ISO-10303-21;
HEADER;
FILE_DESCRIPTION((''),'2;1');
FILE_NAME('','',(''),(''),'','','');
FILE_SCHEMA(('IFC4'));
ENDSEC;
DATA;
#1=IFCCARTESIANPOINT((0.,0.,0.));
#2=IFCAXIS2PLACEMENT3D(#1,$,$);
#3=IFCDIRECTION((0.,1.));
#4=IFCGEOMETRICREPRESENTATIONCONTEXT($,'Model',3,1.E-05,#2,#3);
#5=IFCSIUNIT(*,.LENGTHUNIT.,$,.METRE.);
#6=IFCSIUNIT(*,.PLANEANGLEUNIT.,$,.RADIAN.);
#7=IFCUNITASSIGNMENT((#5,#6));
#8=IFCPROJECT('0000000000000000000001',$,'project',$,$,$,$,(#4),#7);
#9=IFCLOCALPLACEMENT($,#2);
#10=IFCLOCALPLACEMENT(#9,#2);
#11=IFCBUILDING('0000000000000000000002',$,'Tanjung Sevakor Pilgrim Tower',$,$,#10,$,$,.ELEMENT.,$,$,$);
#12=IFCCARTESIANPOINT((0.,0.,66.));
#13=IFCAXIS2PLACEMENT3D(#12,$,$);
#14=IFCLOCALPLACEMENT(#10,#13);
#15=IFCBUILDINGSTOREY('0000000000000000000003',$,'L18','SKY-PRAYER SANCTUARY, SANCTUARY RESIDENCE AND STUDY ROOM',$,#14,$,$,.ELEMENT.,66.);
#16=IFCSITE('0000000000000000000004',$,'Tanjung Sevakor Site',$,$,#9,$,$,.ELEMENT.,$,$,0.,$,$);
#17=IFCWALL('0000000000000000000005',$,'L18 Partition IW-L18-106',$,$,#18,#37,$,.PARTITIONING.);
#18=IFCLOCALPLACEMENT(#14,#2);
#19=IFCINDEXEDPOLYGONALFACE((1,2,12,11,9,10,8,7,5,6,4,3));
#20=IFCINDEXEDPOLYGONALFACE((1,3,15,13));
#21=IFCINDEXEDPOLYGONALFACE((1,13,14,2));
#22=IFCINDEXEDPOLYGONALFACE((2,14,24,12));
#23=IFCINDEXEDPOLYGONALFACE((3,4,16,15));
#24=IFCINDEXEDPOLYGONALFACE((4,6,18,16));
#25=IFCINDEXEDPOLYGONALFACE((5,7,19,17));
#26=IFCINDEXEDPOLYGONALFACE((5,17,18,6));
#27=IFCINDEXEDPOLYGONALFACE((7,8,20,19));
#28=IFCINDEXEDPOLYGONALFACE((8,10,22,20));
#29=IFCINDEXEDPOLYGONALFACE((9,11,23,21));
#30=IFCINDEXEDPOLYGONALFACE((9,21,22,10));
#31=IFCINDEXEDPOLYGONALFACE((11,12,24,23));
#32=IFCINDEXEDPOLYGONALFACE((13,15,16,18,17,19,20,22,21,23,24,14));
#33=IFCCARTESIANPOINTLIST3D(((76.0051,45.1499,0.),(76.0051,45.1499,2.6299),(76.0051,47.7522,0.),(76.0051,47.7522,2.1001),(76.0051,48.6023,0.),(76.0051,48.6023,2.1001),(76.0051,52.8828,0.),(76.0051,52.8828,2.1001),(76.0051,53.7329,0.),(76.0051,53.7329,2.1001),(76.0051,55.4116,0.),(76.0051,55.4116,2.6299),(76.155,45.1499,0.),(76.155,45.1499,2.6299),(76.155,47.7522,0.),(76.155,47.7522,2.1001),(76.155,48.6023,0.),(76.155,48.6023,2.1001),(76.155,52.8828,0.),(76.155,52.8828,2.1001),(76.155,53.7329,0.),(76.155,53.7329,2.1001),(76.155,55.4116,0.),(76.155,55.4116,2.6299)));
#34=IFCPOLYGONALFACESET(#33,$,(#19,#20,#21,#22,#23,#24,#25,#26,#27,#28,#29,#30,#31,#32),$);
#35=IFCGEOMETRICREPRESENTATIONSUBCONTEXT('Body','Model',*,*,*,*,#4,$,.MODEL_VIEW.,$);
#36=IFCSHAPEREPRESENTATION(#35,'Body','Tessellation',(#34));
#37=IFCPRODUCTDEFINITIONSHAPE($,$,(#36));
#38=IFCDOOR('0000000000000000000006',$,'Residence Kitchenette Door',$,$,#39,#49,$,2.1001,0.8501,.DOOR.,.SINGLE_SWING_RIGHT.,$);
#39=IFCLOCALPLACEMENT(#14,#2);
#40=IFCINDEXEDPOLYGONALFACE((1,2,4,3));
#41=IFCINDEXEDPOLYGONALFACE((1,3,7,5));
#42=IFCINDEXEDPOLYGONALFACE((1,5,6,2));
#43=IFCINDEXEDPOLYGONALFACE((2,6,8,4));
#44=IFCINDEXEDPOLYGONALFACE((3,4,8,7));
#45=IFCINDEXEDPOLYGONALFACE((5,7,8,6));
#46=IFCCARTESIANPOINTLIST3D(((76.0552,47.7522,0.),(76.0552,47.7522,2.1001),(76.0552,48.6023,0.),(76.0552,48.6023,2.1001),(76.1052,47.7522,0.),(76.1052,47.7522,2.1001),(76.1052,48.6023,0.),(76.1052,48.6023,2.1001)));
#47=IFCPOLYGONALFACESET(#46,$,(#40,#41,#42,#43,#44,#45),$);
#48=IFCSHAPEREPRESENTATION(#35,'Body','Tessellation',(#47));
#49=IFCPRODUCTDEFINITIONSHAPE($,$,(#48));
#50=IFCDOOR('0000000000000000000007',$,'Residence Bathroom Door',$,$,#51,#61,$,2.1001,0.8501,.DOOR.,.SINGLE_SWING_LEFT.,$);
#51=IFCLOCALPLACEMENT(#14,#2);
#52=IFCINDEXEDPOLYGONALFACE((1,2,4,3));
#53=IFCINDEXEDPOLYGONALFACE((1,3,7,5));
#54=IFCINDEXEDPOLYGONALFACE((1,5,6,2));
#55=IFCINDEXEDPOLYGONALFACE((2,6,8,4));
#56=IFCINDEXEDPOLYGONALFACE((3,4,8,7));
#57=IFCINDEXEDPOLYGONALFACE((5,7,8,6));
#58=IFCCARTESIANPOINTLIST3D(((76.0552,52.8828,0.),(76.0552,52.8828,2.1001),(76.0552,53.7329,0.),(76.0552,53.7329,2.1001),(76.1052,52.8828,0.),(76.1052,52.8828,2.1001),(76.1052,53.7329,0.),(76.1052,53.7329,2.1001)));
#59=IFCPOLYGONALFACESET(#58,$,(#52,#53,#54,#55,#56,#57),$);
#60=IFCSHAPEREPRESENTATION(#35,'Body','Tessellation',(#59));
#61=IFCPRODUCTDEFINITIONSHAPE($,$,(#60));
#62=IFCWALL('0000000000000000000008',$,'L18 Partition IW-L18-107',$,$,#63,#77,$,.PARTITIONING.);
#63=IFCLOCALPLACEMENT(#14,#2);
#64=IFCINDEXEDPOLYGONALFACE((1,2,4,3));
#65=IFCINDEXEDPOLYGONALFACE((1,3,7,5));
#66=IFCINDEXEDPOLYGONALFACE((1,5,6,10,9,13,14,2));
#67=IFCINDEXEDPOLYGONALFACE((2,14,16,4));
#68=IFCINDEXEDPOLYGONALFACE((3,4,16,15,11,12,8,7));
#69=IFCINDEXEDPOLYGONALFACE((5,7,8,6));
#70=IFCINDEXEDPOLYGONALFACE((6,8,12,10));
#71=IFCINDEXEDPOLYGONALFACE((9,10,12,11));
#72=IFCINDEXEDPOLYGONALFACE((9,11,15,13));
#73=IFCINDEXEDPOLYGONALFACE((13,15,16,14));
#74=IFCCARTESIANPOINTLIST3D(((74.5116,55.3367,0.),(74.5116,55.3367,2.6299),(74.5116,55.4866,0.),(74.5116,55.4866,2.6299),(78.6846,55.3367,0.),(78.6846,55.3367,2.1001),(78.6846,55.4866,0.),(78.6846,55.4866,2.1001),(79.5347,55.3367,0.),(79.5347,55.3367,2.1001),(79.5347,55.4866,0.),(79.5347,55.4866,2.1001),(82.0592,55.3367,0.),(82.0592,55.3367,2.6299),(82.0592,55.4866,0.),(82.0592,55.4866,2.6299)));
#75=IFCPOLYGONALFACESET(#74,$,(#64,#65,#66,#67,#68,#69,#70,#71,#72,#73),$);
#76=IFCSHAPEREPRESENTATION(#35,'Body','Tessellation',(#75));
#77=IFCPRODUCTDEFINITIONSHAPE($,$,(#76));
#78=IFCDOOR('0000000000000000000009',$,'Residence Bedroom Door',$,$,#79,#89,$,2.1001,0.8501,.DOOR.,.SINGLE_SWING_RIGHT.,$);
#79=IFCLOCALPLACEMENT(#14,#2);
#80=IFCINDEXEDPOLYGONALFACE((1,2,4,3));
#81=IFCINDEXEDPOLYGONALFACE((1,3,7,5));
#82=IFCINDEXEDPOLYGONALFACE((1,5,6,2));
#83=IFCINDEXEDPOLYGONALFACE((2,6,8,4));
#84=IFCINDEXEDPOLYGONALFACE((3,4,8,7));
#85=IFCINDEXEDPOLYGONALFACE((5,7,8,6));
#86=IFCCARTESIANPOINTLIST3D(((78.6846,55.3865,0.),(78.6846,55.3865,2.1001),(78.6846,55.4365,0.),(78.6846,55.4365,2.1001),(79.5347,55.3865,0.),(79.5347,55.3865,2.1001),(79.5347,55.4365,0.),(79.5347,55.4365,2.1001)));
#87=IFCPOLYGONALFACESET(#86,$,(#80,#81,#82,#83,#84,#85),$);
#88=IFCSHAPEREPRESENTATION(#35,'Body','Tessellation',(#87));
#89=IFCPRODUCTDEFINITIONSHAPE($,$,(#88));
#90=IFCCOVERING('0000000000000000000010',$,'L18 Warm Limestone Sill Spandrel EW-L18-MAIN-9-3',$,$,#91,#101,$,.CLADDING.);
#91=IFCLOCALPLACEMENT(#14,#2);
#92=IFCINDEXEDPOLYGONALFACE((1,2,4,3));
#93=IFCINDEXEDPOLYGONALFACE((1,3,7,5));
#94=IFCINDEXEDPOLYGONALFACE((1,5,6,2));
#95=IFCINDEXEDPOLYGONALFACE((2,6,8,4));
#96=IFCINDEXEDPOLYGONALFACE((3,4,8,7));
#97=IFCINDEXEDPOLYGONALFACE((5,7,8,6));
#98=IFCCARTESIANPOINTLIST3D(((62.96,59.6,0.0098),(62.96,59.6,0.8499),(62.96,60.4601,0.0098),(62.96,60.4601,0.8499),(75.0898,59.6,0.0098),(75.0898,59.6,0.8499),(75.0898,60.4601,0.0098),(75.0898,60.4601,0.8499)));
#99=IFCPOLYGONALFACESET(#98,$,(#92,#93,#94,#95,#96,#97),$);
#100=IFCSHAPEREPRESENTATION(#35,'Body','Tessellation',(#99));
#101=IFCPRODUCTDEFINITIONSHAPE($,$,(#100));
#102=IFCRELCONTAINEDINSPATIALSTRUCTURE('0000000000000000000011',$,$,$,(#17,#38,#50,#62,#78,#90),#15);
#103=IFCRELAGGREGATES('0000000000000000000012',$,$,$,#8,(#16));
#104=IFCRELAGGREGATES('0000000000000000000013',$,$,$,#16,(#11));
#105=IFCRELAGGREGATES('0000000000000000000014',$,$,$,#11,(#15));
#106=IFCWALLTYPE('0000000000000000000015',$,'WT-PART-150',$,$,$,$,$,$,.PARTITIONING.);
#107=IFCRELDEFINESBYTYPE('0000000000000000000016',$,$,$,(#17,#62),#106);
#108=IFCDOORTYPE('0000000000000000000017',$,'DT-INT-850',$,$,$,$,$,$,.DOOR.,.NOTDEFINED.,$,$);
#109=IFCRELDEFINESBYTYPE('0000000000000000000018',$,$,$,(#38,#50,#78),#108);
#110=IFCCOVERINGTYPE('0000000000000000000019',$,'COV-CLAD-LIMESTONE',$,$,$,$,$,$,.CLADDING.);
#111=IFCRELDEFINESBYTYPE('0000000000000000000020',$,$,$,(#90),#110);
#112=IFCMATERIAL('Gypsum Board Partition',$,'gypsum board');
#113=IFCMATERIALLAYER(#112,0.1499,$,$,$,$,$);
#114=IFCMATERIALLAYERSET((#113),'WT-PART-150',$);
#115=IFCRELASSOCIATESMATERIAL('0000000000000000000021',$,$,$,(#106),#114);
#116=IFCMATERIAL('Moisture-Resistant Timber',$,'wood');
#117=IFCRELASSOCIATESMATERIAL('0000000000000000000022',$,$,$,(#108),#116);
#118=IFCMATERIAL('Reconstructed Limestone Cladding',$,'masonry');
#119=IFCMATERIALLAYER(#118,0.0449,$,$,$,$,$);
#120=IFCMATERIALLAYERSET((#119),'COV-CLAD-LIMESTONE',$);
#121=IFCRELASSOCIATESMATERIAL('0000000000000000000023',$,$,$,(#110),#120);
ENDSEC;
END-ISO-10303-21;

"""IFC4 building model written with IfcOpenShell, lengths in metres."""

from ifc_helpers import new_model, si_unit, direction, frame, frame_2d, origin, origin_2d, place, context, subcontext, project, spatial, rectangle, extrude, material, layer, layer_set, type_object, element, fill, save


model = new_model("IFC4")

# Units and contexts
model_context = context("Model", 3, precision=1e-05, world=origin(), true_north=direction((0.0, 1.0)))
body_context = subcontext(model_context, "Body", "Model", "MODEL_VIEW")
ifc_project = project(units=[si_unit("LENGTHUNIT", "METRE"), si_unit("PLANEANGLEUNIT", "RADIAN")], contexts=[model_context])

# Site, building, storey
site_placement = place(None, origin())
site = spatial("IfcSite", under=ifc_project, at=site_placement, Name="Tanjung Sevakor Site", CompositionType="ELEMENT", RefElevation=0.0)
building_placement = place(site_placement, origin())
building = spatial("IfcBuilding", under=site, at=building_placement, Name="Tanjung Sevakor Pilgrim Tower", CompositionType="ELEMENT")
storey_placement = place(building_placement, frame((0.0, 0.0, 66.0)))
storey = spatial("IfcBuildingStorey", under=building, at=storey_placement, Name="L18", Description="SKY-PRAYER SANCTUARY, SANCTUARY RESIDENCE AND STUDY ROOM", CompositionType="ELEMENT", Elevation=66.0)

# Shared definitions
ifc_material_1 = material(Name="Gypsum Board Partition", Category="gypsum board")
ifc_layer_1 = layer(ifc_material_1, 0.1499)
ifc_layer_set_1 = layer_set([ifc_layer_1], Name="WT-PART-150")
wall_type_1 = type_object("IfcWallType", Name="WT-PART-150", PredefinedType="PARTITIONING", material=ifc_layer_set_1)

# Wall, openings, doors
wall_1_placement = place(storey_placement, frame((76.0801, 45.1499, 0.0), z_axis=(0.0, 0.0, 1.0), x_axis=(0.0, 1.0, 0.0)))
wall_1 = element("IfcWall", 1, at=wall_1_placement, inside=storey, type_object=wall_type_1, Name="L18 Partition IW-L18-106", PredefinedType="PARTITIONING", context=body_context, shape_type="SweptSolid", body=[
    extrude(rectangle(XDim=10.2617, YDim=0.1499, at=frame_2d((5.1309, 0.0))), origin(), (0.0, 0.0, 1.0), 2.6299),
])
opening_1_placement = place(wall_1_placement, frame((2.6023, 0.0, 0.0)))
opening_1 = element("IfcOpeningElement", 2, at=opening_1_placement, cuts=wall_1, PredefinedType="OPENING", context=body_context, shape_type="SweptSolid", body=[
    extrude(rectangle(XDim=0.8501, YDim=2.1001, at=frame_2d((0.425, 1.05))), frame((0.0, 0.085, 0.0), z_axis=(0.0, -1.0, 0.0), x_axis=(1.0, 0.0, 0.0)), (0.0, 0.0, 1.0), 0.1699),
])
opening_2_placement = place(wall_1_placement, frame((7.7329, 0.0, 0.0)))
opening_2 = element("IfcOpeningElement", 3, at=opening_2_placement, cuts=wall_1, PredefinedType="OPENING", context=body_context, shape_type="SweptSolid", body=[
    extrude(rectangle(XDim=0.8501, YDim=2.1001, at=frame_2d((0.425, 1.05))), frame((0.0, 0.085, 0.0), z_axis=(0.0, -1.0, 0.0), x_axis=(1.0, 0.0, 0.0)), (0.0, 0.0, 1.0), 0.1699),
])
ifc_material_2 = material(Name="Moisture-Resistant Timber", Category="wood")
door_type_1 = type_object("IfcDoorType", Name="DT-INT-850", OperationType="NOTDEFINED", PredefinedType="DOOR", material=ifc_material_2)
door_1_placement = place(opening_1_placement, origin())
door_1 = element("IfcDoor", 4, at=door_1_placement, inside=storey, type_object=door_type_1, Name="Residence Kitchenette Door", OperationType="SINGLE_SWING_RIGHT", OverallHeight=2.1001, OverallWidth=0.8501, PredefinedType="DOOR", context=body_context, shape_type="SweptSolid", body=[
    extrude(rectangle(XDim=0.8501, YDim=2.1001, at=frame_2d((0.425, 1.05))), frame((0.0, 0.0249, 0.0), z_axis=(0.0, -1.0, 0.0), x_axis=(1.0, 0.0, 0.0)), (0.0, 0.0, 1.0), 0.05),
])
fill(opening_1, door_1)
door_2_placement = place(opening_2_placement, origin())
door_2 = element("IfcDoor", 5, at=door_2_placement, inside=storey, type_object=door_type_1, Name="Residence Bathroom Door", OperationType="SINGLE_SWING_LEFT", OverallHeight=2.1001, OverallWidth=0.8501, PredefinedType="DOOR", context=body_context, shape_type="SweptSolid", body=[
    extrude(rectangle(XDim=0.8501, YDim=2.1001, at=frame_2d((0.425, 1.05))), frame((0.0, 0.0249, 0.0), z_axis=(0.0, -1.0, 0.0), x_axis=(1.0, 0.0, 0.0)), (0.0, 0.0, 1.0), 0.05),
])
fill(opening_2, door_2)

# Wall, opening, door
wall_2_placement = place(storey_placement, frame((74.5115, 55.4116, 0.0), z_axis=(0.0, 0.0, 1.0), x_axis=(1.0, 0.0, 0.0)))
wall_2 = element("IfcWall", 6, at=wall_2_placement, inside=storey, type_object=wall_type_1, Name="L18 Partition IW-L18-107", PredefinedType="PARTITIONING", context=body_context, shape_type="SweptSolid", body=[
    extrude(rectangle(XDim=7.5476, YDim=0.1499, at=frame_2d((3.7739, 0.0))), origin(), (0.0, 0.0, 1.0), 2.6299),
])
opening_3_placement = place(wall_2_placement, frame((4.1731, 0.0, 0.0)))
opening_3 = element("IfcOpeningElement", 7, at=opening_3_placement, cuts=wall_2, PredefinedType="OPENING", context=body_context, shape_type="SweptSolid", body=[
    extrude(rectangle(XDim=0.8501, YDim=2.1001, at=frame_2d((0.425, 1.05))), frame((0.0, 0.085, 0.0), z_axis=(0.0, -1.0, 0.0), x_axis=(1.0, 0.0, 0.0)), (0.0, 0.0, 1.0), 0.1699),
])
door_3_placement = place(opening_3_placement, origin())
door_3 = element("IfcDoor", 8, at=door_3_placement, inside=storey, type_object=door_type_1, Name="Residence Bedroom Door", OperationType="SINGLE_SWING_RIGHT", OverallHeight=2.1001, OverallWidth=0.8501, PredefinedType="DOOR", context=body_context, shape_type="SweptSolid", body=[
    extrude(rectangle(XDim=0.8501, YDim=2.1001, at=frame_2d((0.425, 1.05))), frame((0.0, 0.0249, 0.0), z_axis=(0.0, -1.0, 0.0), x_axis=(1.0, 0.0, 0.0)), (0.0, 0.0, 1.0), 0.05),
])
fill(opening_3, door_3)

# Covering
ifc_material_3 = material(Name="Reconstructed Limestone Cladding", Category="masonry")
ifc_layer_2 = layer(ifc_material_3, 0.0449)
ifc_layer_set_2 = layer_set([ifc_layer_2], Name="COV-CLAD-LIMESTONE")
covering_type = type_object("IfcCoveringType", Name="COV-CLAD-LIMESTONE", PredefinedType="CLADDING", material=ifc_layer_set_2)
covering_placement = place(storey_placement, frame((69.0249, 60.03, 0.0098), z_axis=(0.0, 0.0, 1.0), x_axis=(-1.0, 0.0, 0.0)))
element("IfcCovering", 9, at=covering_placement, inside=storey, type_object=covering_type, Name="L18 Warm Limestone Sill Spandrel EW-L18-MAIN-9-3", PredefinedType="CLADDING", context=body_context, shape_type="SweptSolid", body=[
    extrude(rectangle(XDim=12.1299, YDim=0.8601, at=origin_2d()), origin(), (0.0, 0.0, 1.0), 0.8401),
])

save(model, "model.ifc")
